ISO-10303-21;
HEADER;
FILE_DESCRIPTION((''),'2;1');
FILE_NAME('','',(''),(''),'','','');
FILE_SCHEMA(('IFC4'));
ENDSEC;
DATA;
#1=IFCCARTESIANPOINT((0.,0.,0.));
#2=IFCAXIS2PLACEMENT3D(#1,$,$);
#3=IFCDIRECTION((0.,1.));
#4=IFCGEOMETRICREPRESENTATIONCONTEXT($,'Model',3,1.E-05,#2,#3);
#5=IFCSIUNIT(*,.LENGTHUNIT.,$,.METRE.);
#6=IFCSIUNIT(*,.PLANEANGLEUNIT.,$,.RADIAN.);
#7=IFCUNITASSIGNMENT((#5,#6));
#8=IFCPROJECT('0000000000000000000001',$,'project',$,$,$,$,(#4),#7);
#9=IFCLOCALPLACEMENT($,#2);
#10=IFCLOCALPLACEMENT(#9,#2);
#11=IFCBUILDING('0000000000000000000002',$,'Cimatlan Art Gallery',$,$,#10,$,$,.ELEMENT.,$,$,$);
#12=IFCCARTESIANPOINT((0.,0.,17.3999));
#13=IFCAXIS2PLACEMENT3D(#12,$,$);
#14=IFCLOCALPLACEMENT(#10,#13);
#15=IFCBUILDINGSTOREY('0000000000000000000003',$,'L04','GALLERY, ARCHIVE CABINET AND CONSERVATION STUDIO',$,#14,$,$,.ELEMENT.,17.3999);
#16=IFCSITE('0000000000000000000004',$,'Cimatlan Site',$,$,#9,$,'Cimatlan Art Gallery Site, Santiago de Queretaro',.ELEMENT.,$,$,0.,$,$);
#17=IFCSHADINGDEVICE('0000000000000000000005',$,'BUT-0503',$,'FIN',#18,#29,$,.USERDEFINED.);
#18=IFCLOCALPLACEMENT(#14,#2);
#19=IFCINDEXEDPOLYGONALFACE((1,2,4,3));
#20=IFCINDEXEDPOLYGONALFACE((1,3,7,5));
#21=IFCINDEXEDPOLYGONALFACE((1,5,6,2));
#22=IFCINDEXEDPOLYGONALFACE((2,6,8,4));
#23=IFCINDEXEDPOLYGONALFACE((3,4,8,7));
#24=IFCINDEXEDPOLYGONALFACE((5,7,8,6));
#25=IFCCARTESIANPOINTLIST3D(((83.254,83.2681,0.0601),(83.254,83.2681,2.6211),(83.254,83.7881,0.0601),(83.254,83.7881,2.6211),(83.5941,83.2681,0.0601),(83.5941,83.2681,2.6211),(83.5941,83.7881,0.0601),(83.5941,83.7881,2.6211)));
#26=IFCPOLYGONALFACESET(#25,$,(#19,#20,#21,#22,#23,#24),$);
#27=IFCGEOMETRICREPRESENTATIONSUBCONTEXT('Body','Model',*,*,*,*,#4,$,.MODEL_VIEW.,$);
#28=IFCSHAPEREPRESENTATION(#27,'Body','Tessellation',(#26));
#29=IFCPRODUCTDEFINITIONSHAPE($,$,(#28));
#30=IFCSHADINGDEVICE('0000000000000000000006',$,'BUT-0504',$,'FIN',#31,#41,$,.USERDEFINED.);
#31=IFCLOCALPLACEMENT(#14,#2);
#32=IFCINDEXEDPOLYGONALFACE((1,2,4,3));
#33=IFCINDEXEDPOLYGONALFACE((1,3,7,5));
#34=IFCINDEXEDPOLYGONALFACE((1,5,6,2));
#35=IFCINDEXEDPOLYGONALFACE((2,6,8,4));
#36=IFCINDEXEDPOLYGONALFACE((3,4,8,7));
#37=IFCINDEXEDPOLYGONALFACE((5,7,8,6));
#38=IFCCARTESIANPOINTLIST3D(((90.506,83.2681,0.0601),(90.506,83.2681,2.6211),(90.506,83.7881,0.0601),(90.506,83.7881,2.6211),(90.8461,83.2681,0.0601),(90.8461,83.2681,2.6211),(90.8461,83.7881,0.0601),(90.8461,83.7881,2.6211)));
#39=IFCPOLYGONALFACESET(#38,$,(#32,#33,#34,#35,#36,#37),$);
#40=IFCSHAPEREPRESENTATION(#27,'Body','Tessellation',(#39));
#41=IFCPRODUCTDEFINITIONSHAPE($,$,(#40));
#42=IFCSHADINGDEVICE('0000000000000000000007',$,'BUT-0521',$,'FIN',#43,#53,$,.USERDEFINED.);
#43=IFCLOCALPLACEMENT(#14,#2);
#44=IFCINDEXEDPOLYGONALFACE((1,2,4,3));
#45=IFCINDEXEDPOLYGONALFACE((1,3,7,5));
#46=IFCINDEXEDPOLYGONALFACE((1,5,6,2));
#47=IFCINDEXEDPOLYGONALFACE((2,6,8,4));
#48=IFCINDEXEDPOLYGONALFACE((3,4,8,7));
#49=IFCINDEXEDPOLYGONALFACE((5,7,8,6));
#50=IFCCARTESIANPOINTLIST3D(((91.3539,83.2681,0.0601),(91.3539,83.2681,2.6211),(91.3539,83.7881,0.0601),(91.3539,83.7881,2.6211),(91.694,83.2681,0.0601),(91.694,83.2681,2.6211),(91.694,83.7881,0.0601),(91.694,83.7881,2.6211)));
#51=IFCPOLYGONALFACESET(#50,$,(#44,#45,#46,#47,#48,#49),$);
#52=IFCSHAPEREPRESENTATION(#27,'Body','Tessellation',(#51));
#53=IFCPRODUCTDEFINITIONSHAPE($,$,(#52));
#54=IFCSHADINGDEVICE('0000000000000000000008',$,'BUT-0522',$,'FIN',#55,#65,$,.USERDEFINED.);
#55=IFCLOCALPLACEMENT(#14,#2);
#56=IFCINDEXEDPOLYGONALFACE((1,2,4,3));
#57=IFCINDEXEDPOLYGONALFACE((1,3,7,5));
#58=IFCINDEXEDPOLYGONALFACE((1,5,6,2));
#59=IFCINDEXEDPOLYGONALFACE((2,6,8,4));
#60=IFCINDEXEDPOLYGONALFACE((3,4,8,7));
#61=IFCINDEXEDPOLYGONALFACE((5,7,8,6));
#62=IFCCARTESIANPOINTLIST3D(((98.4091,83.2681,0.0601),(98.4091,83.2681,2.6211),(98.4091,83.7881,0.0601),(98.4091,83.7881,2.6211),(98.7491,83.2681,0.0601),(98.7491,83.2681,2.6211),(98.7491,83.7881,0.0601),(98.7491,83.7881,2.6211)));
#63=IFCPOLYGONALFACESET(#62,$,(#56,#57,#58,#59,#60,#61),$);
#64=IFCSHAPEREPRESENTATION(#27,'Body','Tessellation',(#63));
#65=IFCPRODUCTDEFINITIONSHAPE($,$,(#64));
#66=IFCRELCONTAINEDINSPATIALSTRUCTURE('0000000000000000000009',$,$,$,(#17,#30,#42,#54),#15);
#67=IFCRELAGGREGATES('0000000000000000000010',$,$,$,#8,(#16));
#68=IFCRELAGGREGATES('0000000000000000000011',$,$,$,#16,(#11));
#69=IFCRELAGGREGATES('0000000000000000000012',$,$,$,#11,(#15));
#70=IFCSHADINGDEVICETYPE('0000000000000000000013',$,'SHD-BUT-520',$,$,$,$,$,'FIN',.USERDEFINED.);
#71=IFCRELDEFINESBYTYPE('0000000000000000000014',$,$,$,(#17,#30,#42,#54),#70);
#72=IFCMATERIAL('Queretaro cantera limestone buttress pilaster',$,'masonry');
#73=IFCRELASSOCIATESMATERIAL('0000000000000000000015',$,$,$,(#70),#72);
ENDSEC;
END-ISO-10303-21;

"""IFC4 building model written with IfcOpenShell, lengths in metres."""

from ifc_helpers import new_model, si_unit, direction, frame, origin, origin_2d, place, context, subcontext, project, spatial, rectangle, extrude, material, type_object, element, save


model = new_model("IFC4")

# Units and contexts
model_context = context("Model", 3, precision=1e-05, world=origin(), true_north=direction((0.0, 1.0)))
body_context = subcontext(model_context, "Body", "Model", "MODEL_VIEW")
ifc_project = project(units=[si_unit("LENGTHUNIT", "METRE"), si_unit("PLANEANGLEUNIT", "RADIAN")], contexts=[model_context])

# Site, building, storey
site_placement = place(None, origin())
site = spatial("IfcSite", under=ifc_project, at=site_placement, Name="Cimatlan Site", LongName="Cimatlan Art Gallery Site, Santiago de Queretaro", CompositionType="ELEMENT", RefElevation=0.0)
building_placement = place(site_placement, origin())
building = spatial("IfcBuilding", under=site, at=building_placement, Name="Cimatlan Art Gallery", CompositionType="ELEMENT")
storey_placement = place(building_placement, frame((0.0, 0.0, 17.3999)))
storey = spatial("IfcBuildingStorey", under=building, at=storey_placement, Name="L04", Description="GALLERY, ARCHIVE CABINET AND CONSERVATION STUDIO", CompositionType="ELEMENT", Elevation=17.3999)

# Shading devices
ifc_material_1 = material(Name="Queretaro cantera limestone buttress pilaster", Category="masonry")
shading_device_type = type_object("IfcShadingDeviceType", Name="SHD-BUT-520", ElementType="FIN", PredefinedType="USERDEFINED", material=ifc_material_1)
for number, where, z_axis, x_axis, name in (
    (1, (83.4241, 83.5281, 0.0601), (0.0, 0.0, 1.0), (1.0, 0.0, 0.0), "BUT-0503"),
    (2, (90.676, 83.5281, 0.0601), (0.0, 0.0, 1.0), (1.0, 0.0, 0.0), "BUT-0504"),
    (3, (91.5239, 83.5281, 0.0601), (0.0, 0.0, 1.0), (1.0, 0.0, 0.0), "BUT-0521"),
    (4, (98.5791, 83.5281, 0.0601), (0.0, 0.0, 1.0), (1.0, 0.0, 0.0), "BUT-0522"),
):
    element("IfcShadingDevice", number, at=place(storey_placement, frame(where, z_axis=z_axis, x_axis=x_axis)), inside=storey, type_object=shading_device_type, Name=name, ObjectType="FIN", PredefinedType="USERDEFINED", context=body_context, shape_type="SweptSolid", body=[
        extrude(rectangle(XDim=0.3401, YDim=0.52, at=origin_2d()), origin(), (0.0, 0.0, 1.0), 2.561),
    ])

save(model, "model.ifc")
